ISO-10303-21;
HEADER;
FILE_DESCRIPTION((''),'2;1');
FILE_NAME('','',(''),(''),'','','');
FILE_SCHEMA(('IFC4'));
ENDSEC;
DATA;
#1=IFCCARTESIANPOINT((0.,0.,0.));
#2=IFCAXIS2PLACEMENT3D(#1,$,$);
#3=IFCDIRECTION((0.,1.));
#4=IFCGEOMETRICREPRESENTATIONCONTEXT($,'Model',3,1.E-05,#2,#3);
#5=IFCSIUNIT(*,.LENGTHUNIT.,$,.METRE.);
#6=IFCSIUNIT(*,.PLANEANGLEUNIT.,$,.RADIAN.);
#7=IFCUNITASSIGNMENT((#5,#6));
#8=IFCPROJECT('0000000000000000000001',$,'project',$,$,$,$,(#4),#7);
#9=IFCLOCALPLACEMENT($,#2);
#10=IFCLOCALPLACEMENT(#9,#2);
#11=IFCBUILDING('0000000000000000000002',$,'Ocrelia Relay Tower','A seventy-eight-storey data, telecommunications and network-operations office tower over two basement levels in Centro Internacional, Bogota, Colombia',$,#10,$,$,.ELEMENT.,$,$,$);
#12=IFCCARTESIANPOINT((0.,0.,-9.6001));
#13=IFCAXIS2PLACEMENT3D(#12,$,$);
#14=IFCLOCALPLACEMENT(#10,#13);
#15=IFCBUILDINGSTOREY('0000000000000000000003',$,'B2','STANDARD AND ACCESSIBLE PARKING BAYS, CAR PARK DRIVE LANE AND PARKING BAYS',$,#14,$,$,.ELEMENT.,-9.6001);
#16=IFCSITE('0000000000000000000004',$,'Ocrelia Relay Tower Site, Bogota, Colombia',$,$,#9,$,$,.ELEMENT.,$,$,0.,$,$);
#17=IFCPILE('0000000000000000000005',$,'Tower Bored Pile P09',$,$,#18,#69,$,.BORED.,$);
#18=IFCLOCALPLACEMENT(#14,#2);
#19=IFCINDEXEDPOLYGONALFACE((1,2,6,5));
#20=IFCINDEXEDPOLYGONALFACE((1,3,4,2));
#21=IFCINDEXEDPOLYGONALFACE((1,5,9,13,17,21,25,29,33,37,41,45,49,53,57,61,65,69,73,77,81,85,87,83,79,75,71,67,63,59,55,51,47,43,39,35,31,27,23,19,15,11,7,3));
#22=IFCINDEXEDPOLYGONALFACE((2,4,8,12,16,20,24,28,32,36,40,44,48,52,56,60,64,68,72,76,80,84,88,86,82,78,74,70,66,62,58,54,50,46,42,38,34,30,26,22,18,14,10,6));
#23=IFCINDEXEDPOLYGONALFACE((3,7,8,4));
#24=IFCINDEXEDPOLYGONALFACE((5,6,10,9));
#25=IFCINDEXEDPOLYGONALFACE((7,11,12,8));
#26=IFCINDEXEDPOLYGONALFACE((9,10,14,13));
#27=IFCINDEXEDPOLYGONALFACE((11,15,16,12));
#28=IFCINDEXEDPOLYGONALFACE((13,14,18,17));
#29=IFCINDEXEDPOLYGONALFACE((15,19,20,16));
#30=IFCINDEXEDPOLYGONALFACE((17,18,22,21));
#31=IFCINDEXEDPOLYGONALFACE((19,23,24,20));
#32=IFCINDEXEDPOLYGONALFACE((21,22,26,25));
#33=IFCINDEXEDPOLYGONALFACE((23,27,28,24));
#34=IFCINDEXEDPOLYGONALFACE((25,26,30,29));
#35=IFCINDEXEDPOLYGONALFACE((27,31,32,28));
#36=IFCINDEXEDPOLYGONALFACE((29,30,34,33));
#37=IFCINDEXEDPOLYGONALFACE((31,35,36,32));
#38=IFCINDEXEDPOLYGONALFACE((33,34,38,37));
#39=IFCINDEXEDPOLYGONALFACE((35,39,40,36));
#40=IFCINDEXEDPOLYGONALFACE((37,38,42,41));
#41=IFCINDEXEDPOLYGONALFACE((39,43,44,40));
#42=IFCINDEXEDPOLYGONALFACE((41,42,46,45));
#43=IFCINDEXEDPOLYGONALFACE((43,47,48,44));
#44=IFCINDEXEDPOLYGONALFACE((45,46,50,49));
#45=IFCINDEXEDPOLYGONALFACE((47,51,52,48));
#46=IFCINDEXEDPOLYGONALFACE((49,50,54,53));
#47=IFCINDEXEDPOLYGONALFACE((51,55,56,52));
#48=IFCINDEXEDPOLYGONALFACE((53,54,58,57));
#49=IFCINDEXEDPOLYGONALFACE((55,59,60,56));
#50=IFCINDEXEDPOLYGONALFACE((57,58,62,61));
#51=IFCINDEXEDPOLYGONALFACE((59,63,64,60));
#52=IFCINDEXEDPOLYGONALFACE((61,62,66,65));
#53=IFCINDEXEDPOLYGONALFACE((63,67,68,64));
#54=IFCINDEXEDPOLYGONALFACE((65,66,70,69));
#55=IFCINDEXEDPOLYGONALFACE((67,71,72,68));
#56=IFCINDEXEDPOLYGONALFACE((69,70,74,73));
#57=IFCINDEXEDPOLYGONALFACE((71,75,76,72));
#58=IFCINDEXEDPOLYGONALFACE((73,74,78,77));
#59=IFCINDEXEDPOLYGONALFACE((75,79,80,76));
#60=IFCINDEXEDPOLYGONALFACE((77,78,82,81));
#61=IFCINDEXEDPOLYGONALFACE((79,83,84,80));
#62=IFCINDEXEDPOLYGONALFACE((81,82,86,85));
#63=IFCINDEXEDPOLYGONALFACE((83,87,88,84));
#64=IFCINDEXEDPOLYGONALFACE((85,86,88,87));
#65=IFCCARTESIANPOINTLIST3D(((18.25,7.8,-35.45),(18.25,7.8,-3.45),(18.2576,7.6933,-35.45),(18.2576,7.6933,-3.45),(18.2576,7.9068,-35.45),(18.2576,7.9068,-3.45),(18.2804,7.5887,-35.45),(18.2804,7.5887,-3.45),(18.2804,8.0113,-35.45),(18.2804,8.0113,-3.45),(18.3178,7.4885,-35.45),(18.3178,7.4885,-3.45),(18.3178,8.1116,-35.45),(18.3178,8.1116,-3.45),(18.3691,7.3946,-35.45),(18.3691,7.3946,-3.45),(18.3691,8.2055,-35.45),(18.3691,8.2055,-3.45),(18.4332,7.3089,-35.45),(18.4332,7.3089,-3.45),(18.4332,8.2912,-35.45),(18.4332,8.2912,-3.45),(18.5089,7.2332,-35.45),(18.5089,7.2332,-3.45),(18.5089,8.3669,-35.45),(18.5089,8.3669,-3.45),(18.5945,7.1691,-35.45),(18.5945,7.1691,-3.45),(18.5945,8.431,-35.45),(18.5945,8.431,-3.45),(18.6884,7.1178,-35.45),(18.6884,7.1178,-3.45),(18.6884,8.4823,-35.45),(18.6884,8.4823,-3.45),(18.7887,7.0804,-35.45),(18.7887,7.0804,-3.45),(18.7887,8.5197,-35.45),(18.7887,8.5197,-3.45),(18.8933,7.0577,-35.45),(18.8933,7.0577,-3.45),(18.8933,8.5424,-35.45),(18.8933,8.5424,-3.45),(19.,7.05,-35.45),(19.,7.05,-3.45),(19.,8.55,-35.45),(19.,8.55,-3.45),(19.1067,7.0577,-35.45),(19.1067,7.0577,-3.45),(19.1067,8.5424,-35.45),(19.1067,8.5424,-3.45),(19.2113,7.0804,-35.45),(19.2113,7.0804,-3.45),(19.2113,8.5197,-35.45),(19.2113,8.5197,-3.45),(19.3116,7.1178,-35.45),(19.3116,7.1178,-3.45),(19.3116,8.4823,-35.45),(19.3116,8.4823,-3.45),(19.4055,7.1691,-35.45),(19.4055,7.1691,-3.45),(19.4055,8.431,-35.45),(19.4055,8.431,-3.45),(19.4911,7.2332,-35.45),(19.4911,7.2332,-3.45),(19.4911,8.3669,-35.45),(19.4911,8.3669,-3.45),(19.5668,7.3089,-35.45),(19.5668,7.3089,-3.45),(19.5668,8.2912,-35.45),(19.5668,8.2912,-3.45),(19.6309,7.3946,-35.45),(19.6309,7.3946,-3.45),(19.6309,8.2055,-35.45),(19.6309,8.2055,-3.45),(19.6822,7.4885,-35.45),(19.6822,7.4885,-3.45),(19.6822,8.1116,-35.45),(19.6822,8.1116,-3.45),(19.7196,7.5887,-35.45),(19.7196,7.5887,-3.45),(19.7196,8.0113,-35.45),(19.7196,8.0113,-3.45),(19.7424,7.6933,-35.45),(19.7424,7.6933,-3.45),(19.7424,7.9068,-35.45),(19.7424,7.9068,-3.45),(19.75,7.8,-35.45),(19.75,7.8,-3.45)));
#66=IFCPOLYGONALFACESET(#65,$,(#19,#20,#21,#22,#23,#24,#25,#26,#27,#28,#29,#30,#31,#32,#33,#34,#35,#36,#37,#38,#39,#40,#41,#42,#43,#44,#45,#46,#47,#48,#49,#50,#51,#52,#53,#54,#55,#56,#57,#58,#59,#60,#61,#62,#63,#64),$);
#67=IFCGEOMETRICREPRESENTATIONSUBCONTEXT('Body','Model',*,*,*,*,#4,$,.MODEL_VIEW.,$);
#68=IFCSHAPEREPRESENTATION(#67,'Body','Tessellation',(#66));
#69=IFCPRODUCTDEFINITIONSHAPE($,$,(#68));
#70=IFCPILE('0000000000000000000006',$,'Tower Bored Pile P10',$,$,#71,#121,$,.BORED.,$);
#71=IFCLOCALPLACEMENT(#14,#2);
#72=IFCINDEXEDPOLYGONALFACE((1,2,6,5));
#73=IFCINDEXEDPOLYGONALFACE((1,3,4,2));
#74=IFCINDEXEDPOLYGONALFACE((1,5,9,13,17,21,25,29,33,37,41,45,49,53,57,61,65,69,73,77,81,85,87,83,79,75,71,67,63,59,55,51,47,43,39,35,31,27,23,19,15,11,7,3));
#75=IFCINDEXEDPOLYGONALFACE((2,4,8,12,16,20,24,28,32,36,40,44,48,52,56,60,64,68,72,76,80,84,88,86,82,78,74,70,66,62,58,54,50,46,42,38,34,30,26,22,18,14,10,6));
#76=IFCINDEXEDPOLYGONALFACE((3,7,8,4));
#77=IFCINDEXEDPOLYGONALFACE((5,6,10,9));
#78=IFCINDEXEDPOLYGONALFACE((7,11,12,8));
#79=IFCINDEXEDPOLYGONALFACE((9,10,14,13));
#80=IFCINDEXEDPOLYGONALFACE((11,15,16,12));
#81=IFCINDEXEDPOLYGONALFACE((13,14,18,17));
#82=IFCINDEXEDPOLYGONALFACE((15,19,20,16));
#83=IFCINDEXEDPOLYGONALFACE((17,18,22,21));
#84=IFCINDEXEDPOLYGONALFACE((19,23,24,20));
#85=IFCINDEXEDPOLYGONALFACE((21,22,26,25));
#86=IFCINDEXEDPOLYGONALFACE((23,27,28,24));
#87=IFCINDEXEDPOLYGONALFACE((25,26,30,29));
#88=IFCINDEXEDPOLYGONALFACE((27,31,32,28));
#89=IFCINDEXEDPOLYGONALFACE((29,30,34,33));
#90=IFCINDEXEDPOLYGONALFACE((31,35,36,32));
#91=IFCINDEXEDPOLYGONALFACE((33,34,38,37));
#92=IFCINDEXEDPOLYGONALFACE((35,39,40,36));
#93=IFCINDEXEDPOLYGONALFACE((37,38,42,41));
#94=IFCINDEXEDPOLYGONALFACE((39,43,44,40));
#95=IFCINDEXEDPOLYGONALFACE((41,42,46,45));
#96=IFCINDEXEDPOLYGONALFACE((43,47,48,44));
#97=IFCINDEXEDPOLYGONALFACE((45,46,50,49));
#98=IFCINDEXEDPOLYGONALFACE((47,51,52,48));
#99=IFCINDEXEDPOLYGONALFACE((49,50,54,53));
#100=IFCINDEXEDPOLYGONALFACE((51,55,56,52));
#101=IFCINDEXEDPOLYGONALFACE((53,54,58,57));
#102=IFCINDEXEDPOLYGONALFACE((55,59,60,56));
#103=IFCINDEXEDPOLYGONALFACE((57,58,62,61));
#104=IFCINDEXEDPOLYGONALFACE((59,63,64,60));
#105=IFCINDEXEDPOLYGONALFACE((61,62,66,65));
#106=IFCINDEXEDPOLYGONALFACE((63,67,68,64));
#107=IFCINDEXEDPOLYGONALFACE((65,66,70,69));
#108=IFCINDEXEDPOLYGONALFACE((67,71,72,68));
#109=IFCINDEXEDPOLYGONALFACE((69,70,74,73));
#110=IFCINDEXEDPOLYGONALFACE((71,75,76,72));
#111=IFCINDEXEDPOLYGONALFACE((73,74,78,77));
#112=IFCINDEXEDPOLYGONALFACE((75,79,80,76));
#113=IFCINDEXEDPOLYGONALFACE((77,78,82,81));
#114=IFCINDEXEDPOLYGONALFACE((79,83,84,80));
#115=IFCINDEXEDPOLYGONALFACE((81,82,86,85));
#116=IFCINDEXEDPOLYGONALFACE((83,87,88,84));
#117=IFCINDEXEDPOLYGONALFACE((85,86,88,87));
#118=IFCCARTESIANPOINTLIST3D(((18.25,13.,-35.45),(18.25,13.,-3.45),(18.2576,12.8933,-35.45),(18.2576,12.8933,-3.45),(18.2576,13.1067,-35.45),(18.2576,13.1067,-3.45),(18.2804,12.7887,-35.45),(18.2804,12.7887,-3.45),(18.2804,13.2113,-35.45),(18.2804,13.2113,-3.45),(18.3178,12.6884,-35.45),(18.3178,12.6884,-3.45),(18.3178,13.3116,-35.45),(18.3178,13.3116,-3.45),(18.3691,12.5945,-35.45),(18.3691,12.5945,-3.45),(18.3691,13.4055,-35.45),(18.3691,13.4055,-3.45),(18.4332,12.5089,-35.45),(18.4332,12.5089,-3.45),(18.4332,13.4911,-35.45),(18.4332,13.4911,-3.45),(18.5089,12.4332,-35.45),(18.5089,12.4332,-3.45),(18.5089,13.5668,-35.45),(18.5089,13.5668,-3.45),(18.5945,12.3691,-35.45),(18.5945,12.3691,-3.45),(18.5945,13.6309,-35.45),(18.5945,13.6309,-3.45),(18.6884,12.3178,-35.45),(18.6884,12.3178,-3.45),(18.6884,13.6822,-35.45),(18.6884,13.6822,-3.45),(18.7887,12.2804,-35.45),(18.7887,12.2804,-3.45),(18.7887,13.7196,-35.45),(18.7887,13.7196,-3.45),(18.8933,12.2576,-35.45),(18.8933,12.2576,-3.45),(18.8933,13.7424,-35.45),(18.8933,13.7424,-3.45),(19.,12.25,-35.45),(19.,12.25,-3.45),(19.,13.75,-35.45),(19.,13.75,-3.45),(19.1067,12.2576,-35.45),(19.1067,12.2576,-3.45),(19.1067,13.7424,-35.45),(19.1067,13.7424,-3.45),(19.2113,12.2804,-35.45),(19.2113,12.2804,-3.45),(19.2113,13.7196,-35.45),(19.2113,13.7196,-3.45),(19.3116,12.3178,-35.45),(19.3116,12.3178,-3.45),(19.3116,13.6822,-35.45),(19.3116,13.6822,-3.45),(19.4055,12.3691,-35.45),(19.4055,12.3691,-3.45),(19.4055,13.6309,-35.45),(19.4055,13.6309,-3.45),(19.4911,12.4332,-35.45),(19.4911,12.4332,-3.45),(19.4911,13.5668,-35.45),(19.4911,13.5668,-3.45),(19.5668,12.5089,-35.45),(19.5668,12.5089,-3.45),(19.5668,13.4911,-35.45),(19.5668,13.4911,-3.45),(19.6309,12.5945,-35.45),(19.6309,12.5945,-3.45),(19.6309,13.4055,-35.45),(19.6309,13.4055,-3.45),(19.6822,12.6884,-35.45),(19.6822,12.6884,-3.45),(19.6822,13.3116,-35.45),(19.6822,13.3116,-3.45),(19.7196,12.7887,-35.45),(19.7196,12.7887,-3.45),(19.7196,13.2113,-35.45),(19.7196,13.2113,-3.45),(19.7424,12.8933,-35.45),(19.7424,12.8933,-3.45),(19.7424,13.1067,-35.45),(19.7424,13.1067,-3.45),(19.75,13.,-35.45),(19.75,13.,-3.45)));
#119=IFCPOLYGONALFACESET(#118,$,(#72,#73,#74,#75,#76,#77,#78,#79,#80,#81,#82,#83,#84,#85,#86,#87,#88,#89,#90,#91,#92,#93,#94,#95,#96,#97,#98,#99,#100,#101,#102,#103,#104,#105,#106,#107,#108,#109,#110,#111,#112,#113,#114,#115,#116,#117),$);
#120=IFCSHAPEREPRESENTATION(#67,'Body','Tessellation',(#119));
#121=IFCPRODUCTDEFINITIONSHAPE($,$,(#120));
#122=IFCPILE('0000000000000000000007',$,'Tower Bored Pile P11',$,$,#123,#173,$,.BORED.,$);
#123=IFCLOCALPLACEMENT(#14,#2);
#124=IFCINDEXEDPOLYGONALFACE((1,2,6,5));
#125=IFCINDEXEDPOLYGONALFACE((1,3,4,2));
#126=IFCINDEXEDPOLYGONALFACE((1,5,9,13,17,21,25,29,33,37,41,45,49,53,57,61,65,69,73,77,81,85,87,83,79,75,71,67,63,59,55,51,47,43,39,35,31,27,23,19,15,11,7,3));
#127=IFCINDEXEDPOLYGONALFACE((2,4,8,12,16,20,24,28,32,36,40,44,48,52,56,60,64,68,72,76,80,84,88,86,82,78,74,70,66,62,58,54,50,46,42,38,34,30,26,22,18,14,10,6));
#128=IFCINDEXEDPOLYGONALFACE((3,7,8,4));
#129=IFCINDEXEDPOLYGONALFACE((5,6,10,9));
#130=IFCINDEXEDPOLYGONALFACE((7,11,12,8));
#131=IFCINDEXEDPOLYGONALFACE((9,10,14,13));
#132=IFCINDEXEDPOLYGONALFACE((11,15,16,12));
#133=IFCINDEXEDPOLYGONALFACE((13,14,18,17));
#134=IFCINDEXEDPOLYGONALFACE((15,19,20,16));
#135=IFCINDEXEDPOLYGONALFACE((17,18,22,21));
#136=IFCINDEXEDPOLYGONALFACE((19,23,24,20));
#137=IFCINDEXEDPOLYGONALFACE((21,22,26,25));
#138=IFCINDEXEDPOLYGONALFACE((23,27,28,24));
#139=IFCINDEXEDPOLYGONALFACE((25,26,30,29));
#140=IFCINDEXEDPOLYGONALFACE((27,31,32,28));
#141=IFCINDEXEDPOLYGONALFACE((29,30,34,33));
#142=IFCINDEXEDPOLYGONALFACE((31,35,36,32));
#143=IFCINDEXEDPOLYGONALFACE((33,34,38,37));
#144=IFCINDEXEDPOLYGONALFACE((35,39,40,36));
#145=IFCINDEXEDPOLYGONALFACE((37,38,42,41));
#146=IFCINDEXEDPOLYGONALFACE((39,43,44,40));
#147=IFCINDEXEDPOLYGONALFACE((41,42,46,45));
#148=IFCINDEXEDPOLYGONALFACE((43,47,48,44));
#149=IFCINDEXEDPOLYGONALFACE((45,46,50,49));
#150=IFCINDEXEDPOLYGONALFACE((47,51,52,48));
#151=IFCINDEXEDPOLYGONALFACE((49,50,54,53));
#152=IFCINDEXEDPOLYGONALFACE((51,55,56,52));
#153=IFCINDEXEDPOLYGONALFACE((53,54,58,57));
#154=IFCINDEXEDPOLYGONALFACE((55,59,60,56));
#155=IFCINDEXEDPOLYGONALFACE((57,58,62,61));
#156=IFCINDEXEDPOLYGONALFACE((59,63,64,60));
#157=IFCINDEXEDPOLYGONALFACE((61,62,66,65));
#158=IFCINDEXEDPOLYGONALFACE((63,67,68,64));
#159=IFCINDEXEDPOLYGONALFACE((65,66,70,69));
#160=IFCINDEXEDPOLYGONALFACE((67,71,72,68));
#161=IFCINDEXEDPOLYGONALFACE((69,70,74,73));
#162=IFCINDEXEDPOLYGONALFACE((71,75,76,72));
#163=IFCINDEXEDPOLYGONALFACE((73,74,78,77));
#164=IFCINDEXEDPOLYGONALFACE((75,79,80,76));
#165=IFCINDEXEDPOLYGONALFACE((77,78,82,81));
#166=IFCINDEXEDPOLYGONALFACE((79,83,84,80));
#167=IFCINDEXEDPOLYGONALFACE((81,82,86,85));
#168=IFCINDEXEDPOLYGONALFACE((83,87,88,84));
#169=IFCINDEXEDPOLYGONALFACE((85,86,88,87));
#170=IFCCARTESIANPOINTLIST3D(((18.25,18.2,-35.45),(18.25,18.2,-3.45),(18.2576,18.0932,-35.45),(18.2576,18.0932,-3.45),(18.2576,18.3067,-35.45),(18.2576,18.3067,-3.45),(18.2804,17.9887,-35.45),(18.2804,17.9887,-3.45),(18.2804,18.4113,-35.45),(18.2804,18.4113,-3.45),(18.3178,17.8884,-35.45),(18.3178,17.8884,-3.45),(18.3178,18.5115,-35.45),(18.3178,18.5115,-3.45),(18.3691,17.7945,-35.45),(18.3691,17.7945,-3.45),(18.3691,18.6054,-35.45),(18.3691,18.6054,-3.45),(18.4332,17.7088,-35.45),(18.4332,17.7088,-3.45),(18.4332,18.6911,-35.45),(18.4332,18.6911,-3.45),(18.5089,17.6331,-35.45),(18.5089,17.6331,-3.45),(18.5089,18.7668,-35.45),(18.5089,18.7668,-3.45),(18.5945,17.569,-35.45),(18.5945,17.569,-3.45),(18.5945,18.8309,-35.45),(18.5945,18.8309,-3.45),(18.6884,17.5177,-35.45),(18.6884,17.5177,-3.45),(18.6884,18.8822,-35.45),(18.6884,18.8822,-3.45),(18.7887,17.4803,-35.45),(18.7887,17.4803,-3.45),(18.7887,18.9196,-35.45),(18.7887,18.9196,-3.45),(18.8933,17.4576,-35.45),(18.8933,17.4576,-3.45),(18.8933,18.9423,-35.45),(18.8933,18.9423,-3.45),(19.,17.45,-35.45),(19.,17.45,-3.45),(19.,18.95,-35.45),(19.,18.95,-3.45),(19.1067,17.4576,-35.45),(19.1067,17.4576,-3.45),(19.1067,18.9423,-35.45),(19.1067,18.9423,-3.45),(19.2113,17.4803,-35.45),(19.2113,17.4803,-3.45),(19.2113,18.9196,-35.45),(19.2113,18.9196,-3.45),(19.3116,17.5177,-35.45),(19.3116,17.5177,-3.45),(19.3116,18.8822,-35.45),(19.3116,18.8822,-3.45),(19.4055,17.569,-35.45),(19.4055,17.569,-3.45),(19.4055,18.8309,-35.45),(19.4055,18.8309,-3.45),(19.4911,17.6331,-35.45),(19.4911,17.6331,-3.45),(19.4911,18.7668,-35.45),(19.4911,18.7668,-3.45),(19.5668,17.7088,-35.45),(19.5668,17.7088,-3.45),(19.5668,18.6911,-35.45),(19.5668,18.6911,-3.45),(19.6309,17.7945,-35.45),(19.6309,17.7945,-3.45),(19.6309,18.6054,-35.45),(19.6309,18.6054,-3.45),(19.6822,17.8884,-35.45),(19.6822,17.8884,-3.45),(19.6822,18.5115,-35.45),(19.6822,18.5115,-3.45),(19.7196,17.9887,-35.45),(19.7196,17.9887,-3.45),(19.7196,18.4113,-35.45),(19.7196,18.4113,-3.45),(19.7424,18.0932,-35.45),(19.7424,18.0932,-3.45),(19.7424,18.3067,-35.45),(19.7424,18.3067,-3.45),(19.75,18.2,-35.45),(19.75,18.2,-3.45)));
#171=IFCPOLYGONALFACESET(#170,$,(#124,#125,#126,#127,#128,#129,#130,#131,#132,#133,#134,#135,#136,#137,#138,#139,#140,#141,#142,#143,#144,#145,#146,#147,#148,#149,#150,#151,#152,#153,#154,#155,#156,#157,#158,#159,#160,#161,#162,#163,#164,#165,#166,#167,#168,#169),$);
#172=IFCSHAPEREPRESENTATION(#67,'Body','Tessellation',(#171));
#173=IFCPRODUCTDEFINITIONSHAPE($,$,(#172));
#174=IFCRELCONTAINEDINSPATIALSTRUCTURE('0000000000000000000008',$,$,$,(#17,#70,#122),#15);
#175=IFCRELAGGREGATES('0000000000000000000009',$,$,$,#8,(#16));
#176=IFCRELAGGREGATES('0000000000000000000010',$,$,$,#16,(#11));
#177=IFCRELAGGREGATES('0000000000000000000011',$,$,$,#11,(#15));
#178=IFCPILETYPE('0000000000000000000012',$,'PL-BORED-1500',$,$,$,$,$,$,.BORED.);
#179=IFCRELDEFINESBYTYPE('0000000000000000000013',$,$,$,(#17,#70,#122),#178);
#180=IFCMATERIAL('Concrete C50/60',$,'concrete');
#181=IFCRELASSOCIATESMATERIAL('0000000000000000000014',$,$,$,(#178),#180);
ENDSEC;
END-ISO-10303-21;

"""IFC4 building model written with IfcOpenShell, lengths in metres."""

from ifc_helpers import new_model, si_unit, direction, frame, origin, origin_2d, place, context, subcontext, project, spatial, circle, extrude, material, material_profile, profile_set, type_object, element, save


model = new_model("IFC4")

# Units and contexts
model_context = context("Model", 3, precision=1e-05, world=origin(), true_north=direction((0.0, 1.0)))
body_context = subcontext(model_context, "Body", "Model", "MODEL_VIEW")
ifc_project = project(units=[si_unit("LENGTHUNIT", "METRE"), si_unit("PLANEANGLEUNIT", "RADIAN")], contexts=[model_context])

# Site, building, storey
site_placement = place(None, origin())
site = spatial("IfcSite", under=ifc_project, at=site_placement, Name="Ocrelia Relay Tower Site, Bogota, Colombia", CompositionType="ELEMENT", RefElevation=0.0)
building_placement = place(site_placement, origin())
building = spatial("IfcBuilding", under=site, at=building_placement, Name="Ocrelia Relay Tower", Description="A seventy-eight-storey data, telecommunications and network-operations office tower over two basement levels in Centro Internacional, Bogota, Colombia", CompositionType="ELEMENT")
storey_placement = place(building_placement, frame((0.0, 0.0, -9.6001)))
storey = spatial("IfcBuildingStorey", under=building, at=storey_placement, Name="B2", Description="STANDARD AND ACCESSIBLE PARKING BAYS, CAR PARK DRIVE LANE AND PARKING BAYS", CompositionType="ELEMENT", Elevation=-9.6001)

# Piles
ifc_material_1 = material(Name="Concrete C50/60", Category="concrete")
ifc_material_profile_1 = material_profile(ifc_material_1, circle(Radius=0.75, at=origin_2d()), Name="PILE-1500")
ifc_profile_set_1 = profile_set([ifc_material_profile_1], Name="Concrete C50/60")
pile_type = type_object("IfcPileType", Name="PL-BORED-1500", PredefinedType="BORED", material=ifc_profile_set_1)
for number, where, z_axis, x_axis, name in (
    (1, (19.0, 7.8, -3.45), (0.0, 0.0, -1.0), (1.0, 0.0, 0.0), "Tower Bored Pile P09"),
    (2, (19.0, 13.0, -3.45), (0.0, 0.0, -1.0), (1.0, 0.0, 0.0), "Tower Bored Pile P10"),
    (3, (19.0, 18.2, -3.45), (0.0, 0.0, -1.0), (1.0, 0.0, 0.0), "Tower Bored Pile P11"),
):
    element("IfcPile", number, at=place(storey_placement, frame(where, z_axis=z_axis, x_axis=x_axis)), inside=storey, type_object=pile_type, Name=name, PredefinedType="BORED", context=body_context, shape_type="SweptSolid", body=[
        extrude(circle(Radius=0.75, at=origin_2d()), origin(), (0.0, 0.0, 1.0), 32.0),
    ])

save(model, "model.ifc")
